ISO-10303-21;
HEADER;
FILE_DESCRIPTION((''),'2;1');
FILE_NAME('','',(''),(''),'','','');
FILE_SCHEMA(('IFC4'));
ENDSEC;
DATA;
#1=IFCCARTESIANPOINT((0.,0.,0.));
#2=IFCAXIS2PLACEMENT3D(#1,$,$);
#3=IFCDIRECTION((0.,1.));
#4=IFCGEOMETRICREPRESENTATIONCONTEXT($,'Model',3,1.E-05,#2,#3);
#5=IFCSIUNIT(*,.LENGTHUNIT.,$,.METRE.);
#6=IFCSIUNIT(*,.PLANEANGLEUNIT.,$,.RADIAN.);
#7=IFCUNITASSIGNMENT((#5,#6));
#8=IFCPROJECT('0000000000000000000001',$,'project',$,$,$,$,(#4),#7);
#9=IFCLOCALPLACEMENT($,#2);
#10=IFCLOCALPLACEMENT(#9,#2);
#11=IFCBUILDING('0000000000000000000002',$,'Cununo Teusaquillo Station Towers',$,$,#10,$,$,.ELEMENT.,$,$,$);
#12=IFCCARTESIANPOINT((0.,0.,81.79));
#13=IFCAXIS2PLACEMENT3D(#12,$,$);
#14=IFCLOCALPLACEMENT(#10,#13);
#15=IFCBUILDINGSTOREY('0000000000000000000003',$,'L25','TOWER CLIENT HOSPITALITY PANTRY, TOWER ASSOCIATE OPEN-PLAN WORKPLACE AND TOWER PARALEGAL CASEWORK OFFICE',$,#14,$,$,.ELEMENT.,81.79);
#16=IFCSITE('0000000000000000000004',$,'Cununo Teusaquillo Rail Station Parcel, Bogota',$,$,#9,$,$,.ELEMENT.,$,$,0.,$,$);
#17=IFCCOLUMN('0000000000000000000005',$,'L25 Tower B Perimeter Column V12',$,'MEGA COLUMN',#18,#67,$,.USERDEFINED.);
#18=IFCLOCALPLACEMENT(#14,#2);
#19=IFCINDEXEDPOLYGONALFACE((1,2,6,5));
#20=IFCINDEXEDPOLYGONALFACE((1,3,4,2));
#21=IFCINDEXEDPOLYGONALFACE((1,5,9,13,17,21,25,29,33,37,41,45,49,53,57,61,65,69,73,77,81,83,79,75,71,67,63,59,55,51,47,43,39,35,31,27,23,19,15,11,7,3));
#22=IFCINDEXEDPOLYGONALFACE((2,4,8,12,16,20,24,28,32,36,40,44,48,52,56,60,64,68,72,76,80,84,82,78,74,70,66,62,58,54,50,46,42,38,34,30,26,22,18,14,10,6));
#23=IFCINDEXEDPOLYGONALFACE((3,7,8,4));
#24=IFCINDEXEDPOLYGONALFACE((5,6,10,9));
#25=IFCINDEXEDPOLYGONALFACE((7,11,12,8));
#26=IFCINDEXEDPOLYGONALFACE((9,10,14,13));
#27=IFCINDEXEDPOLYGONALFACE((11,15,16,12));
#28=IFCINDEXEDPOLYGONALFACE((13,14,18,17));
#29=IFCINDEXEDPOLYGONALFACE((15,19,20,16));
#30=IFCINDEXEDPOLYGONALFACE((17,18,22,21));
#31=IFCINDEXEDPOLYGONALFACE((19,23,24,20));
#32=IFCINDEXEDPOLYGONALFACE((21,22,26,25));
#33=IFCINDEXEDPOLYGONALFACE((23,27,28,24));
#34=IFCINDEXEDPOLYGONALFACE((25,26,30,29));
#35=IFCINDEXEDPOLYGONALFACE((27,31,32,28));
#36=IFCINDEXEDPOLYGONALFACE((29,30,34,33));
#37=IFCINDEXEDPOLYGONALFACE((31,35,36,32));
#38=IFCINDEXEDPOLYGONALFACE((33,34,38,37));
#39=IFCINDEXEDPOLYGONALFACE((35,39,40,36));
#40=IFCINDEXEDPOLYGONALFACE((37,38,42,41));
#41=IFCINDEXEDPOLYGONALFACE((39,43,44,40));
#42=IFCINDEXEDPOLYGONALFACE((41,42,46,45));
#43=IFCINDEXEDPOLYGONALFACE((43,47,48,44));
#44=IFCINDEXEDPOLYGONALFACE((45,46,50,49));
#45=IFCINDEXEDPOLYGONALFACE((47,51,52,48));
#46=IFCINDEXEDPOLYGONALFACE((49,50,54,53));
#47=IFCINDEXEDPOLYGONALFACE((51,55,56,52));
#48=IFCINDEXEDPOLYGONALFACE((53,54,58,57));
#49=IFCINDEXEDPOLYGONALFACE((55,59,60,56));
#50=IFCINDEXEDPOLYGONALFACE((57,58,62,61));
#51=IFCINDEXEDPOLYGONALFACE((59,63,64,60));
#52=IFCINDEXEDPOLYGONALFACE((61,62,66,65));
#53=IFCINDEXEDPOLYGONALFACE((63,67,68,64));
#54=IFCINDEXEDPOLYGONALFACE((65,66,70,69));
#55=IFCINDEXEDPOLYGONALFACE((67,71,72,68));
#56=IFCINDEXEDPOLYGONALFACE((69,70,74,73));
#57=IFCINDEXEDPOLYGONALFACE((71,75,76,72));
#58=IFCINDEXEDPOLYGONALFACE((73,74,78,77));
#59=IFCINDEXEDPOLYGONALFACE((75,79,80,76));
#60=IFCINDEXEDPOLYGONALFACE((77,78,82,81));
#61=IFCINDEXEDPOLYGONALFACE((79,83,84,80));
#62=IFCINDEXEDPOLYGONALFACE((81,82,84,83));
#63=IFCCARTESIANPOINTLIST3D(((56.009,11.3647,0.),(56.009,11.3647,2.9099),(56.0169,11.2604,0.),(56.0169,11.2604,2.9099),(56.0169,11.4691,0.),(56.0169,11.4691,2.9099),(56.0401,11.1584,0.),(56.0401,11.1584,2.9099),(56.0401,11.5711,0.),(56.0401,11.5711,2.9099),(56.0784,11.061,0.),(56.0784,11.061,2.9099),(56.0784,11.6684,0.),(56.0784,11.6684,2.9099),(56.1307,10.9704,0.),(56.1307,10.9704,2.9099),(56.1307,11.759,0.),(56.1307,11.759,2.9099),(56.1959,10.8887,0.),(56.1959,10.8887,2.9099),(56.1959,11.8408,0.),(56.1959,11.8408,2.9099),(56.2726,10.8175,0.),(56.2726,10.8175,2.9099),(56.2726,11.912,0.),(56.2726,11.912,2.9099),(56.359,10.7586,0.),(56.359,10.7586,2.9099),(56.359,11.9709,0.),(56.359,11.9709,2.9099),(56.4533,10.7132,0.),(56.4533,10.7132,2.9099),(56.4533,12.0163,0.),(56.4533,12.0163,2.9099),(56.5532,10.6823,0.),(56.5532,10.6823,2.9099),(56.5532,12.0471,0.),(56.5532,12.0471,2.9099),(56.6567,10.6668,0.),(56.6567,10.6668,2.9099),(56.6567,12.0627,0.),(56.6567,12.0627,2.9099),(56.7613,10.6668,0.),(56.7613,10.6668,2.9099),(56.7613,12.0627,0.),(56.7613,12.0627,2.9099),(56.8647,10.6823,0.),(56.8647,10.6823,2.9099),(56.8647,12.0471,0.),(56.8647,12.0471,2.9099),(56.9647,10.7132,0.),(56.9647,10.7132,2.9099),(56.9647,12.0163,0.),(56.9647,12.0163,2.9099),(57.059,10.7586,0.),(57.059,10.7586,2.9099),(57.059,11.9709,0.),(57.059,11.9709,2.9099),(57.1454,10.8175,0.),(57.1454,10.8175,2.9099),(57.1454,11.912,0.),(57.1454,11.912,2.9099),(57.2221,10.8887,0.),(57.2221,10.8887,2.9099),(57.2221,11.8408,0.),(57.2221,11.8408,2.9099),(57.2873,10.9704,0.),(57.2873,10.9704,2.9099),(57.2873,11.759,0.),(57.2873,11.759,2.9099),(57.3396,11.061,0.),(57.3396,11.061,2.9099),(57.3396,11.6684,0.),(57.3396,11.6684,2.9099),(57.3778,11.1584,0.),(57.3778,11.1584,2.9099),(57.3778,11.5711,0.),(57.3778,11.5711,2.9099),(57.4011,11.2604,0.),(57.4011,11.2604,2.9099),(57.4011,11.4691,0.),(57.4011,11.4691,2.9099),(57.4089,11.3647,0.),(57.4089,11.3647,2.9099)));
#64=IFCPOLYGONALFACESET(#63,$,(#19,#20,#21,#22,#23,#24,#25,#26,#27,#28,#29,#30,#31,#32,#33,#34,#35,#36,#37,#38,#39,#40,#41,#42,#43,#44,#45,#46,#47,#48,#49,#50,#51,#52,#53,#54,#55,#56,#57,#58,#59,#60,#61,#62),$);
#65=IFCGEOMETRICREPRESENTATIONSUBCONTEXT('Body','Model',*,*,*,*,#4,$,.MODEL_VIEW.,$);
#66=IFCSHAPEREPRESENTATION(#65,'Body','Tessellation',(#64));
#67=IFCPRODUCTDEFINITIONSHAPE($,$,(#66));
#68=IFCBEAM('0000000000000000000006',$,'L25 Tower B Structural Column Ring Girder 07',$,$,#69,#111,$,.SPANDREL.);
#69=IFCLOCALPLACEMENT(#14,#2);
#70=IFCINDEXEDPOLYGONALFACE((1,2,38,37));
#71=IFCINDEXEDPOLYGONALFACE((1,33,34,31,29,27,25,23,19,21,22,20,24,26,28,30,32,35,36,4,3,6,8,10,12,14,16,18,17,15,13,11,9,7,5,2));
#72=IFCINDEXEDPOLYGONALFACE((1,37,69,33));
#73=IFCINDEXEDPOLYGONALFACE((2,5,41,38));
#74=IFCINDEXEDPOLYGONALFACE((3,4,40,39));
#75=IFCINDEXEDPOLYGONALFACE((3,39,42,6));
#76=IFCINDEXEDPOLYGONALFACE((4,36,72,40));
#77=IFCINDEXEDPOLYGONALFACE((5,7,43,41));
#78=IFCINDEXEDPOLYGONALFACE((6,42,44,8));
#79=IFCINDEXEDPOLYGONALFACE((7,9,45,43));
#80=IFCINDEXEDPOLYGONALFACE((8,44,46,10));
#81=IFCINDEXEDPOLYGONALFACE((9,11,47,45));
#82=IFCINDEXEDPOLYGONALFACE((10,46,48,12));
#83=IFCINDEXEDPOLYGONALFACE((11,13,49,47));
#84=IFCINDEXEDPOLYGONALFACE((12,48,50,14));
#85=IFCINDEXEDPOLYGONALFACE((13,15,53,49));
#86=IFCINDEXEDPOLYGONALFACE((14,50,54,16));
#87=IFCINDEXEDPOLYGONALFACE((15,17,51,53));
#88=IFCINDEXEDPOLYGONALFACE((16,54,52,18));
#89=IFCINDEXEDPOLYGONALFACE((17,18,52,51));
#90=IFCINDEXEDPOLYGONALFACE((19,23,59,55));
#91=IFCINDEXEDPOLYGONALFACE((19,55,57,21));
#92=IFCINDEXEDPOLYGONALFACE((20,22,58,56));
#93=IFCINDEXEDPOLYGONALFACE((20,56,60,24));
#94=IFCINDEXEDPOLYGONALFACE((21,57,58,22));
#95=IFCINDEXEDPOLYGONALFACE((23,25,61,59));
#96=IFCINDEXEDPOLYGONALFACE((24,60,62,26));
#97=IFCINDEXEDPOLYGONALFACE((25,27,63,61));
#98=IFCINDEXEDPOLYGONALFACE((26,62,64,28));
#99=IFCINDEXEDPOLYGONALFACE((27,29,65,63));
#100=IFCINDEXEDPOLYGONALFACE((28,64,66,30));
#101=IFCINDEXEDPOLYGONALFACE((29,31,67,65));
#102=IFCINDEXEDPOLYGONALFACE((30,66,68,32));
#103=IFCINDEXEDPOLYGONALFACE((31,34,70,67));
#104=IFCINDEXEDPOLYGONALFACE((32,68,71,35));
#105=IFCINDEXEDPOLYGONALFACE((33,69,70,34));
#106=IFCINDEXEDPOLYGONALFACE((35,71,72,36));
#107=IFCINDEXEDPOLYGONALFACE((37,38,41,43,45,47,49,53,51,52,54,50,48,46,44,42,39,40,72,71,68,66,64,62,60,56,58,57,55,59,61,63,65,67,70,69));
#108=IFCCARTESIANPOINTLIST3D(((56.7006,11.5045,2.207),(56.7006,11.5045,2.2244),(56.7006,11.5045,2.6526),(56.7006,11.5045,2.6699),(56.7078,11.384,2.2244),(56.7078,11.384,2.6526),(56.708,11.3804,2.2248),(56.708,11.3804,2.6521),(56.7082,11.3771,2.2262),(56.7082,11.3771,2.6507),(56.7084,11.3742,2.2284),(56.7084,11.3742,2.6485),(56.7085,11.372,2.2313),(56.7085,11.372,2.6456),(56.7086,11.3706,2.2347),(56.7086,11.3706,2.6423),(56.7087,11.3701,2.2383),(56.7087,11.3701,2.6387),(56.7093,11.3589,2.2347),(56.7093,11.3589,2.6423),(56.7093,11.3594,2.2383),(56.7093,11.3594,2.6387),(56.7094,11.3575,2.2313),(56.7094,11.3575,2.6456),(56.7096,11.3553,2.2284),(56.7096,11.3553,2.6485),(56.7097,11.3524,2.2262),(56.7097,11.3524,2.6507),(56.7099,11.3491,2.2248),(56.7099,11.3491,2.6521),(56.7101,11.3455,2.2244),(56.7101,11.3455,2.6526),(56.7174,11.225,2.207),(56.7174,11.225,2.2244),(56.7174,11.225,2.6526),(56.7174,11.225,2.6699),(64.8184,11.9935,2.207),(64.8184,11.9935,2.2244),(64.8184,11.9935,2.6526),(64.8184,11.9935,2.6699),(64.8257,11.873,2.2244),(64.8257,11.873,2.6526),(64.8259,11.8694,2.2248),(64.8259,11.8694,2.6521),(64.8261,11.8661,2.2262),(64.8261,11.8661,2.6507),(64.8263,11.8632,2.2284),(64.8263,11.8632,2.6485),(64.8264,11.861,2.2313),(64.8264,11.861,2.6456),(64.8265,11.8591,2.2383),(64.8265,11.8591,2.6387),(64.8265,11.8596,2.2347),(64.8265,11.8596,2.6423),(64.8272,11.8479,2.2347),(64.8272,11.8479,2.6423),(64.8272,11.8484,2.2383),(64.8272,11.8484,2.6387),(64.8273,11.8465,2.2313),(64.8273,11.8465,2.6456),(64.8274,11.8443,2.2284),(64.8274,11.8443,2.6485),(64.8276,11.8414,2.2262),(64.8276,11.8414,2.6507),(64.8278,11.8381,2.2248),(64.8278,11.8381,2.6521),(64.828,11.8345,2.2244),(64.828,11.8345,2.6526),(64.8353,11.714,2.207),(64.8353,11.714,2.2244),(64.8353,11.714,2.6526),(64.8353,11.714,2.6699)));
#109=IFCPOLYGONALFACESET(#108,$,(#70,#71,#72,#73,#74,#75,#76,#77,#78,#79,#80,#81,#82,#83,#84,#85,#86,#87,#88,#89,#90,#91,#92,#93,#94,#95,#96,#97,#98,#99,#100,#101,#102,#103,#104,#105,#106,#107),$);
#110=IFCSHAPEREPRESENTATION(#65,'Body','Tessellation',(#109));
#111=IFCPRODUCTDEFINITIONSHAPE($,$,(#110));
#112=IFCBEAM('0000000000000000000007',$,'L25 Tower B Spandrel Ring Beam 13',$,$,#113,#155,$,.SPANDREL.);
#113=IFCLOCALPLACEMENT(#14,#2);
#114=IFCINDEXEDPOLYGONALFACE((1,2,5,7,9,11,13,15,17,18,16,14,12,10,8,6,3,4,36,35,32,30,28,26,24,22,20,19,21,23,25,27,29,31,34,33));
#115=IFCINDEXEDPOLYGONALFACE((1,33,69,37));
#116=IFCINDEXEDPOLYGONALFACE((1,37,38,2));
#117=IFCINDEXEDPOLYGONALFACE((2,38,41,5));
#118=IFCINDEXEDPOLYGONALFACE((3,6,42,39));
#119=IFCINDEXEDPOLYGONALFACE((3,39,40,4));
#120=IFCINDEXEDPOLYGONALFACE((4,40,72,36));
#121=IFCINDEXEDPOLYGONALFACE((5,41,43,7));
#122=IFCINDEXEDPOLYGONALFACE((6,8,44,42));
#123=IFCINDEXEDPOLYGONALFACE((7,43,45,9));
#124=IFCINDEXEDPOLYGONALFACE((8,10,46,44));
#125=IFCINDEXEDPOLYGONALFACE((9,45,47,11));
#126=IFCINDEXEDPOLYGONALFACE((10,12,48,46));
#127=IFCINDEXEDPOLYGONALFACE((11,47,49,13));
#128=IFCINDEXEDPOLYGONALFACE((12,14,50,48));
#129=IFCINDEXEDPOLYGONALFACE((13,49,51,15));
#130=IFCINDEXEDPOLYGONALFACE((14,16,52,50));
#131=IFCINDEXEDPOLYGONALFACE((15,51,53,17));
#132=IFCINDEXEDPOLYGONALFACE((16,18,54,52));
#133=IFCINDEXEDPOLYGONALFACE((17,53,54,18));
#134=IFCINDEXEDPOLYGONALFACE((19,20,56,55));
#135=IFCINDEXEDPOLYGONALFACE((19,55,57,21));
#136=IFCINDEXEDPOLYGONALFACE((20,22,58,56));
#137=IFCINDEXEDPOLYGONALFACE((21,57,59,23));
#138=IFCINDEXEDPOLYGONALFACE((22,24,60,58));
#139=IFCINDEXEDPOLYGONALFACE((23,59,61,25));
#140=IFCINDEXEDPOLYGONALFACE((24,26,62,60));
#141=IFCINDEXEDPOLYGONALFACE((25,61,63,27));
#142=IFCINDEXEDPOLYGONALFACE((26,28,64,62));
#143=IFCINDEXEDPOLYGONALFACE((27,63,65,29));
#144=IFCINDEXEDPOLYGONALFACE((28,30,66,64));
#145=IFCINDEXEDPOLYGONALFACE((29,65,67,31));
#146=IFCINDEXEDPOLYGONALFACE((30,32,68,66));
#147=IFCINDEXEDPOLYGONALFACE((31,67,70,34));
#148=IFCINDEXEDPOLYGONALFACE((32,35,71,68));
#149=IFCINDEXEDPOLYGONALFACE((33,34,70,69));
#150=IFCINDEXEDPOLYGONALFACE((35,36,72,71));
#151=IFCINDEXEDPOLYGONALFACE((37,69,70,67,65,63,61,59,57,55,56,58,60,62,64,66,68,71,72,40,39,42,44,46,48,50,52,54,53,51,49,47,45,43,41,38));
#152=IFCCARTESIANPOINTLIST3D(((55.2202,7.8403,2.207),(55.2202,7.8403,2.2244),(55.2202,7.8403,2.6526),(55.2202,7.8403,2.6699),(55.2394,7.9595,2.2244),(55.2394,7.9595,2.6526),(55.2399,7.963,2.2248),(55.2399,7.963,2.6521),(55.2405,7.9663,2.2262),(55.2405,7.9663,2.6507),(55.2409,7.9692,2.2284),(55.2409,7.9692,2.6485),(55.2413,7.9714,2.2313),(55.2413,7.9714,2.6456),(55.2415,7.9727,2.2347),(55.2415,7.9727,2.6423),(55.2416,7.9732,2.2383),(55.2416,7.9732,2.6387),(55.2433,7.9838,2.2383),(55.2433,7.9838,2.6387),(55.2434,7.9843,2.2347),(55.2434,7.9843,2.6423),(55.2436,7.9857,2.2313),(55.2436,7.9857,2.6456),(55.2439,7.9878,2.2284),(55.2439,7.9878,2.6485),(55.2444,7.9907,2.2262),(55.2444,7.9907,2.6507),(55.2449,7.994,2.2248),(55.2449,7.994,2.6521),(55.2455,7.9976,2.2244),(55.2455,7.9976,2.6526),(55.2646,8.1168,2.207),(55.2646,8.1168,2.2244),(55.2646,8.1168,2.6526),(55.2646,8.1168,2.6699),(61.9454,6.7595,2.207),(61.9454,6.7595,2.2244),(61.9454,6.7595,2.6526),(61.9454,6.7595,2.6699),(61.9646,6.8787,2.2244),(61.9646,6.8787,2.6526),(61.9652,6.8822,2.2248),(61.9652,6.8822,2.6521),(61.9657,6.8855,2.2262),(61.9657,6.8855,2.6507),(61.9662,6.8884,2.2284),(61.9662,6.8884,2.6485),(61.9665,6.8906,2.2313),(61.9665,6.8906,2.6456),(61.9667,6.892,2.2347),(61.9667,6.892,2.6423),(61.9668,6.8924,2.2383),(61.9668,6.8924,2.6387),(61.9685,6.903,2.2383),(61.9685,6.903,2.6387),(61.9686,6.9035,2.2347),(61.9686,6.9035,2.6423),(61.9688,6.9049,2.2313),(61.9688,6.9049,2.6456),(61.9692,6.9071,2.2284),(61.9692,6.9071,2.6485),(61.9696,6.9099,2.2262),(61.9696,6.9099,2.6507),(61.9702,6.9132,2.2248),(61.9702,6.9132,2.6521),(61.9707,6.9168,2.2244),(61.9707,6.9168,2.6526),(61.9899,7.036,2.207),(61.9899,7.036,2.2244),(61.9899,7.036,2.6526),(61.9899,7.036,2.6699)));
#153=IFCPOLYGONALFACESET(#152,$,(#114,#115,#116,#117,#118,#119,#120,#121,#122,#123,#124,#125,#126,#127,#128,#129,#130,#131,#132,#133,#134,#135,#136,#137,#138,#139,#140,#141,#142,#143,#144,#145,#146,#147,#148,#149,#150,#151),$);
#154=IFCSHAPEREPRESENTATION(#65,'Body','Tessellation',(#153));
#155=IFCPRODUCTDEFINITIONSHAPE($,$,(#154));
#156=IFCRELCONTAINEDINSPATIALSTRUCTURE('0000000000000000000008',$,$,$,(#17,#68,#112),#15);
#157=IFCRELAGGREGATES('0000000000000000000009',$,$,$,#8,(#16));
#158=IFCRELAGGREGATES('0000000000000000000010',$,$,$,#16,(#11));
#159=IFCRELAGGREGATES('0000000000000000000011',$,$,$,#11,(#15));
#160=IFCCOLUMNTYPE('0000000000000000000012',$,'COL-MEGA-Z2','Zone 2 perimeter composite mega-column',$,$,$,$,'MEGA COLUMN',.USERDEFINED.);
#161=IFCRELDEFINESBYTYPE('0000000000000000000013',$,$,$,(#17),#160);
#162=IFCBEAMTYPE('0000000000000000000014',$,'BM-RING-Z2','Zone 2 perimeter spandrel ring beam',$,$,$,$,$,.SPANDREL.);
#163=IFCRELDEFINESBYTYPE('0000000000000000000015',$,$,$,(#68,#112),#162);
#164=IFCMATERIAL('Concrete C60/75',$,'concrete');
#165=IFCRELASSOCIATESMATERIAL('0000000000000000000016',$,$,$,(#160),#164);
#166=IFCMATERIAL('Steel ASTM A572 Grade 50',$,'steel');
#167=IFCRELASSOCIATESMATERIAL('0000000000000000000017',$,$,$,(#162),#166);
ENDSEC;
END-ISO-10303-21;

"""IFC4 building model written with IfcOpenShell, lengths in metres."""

from ifc_helpers import new_model, si_unit, direction, frame, origin, origin_2d, place, context, subcontext, project, spatial, circle, i_section, extrude, material, material_profile, profile_set, type_object, element, save


model = new_model("IFC4")

# Units and contexts
model_context = context("Model", 3, precision=1e-05, world=origin(), true_north=direction((0.0, 1.0)))
body_context = subcontext(model_context, "Body", "Model", "MODEL_VIEW")
ifc_project = project(units=[si_unit("LENGTHUNIT", "METRE"), si_unit("PLANEANGLEUNIT", "RADIAN")], contexts=[model_context])

# Site, building, storey
site_placement = place(None, origin())
site = spatial("IfcSite", under=ifc_project, at=site_placement, Name="Cununo Teusaquillo Rail Station Parcel, Bogota", CompositionType="ELEMENT", RefElevation=0.0)
building_placement = place(site_placement, origin())
building = spatial("IfcBuilding", under=site, at=building_placement, Name="Cununo Teusaquillo Station Towers", CompositionType="ELEMENT")
storey_placement = place(building_placement, frame((0.0, 0.0, 81.79)))
storey = spatial("IfcBuildingStorey", under=building, at=storey_placement, Name="L25", Description="TOWER CLIENT HOSPITALITY PANTRY, TOWER ASSOCIATE OPEN-PLAN WORKPLACE AND TOWER PARALEGAL CASEWORK OFFICE", CompositionType="ELEMENT", Elevation=81.79)

# Column
ifc_material_1 = material(Name="Concrete C60/75", Category="concrete")
ifc_material_profile_1 = material_profile(ifc_material_1, circle(Radius=0.7, at=origin_2d()), Name="RC-CIRC-1400")
ifc_profile_set_1 = profile_set([ifc_material_profile_1], Name="Concrete C60/75")
column_type = type_object("IfcColumnType", Name="COL-MEGA-Z2", Description="Zone 2 perimeter composite mega-column", ElementType="MEGA COLUMN", PredefinedType="USERDEFINED", material=ifc_profile_set_1)
column_placement = place(storey_placement, frame((56.709, 11.3647, 0.0), z_axis=(0.0, 0.0, 1.0), x_axis=(1.0, 0.0, 0.0)))
element("IfcColumn", 1, at=column_placement, inside=storey, type_object=column_type, Name="L25 Tower B Perimeter Column V12", ObjectType="MEGA COLUMN", PredefinedType="USERDEFINED", context=body_context, shape_type="SweptSolid", body=[
    extrude(circle(Radius=0.7, at=origin_2d()), origin(), (0.0, 0.0, 1.0), 2.9099),
])

# Beams
ifc_material_2 = material(Name="Steel ASTM A572 Grade 50", Category="steel")
ifc_material_profile_2 = material_profile(ifc_material_2, i_section(OverallWidth=0.28, OverallDepth=0.4629, WebThickness=0.0107, FlangeThickness=0.0173, FilletRadius=0.0139, at=origin_2d()), Name="W18X76")
ifc_profile_set_2 = profile_set([ifc_material_profile_2], Name="Steel ASTM A572 Grade 50")
beam_type = type_object("IfcBeamType", Name="BM-RING-Z2", Description="Zone 2 perimeter spandrel ring beam", PredefinedType="SPANDREL", material=ifc_profile_set_2)
beam_1_placement = place(storey_placement, frame((56.709, 11.3647, 2.4385), z_axis=(0.998191, 0.06013, 0.0), x_axis=(-0.06013, 0.998191, 0.0)))
element("IfcBeam", 2, at=beam_1_placement, inside=storey, type_object=beam_type, Name="L25 Tower B Structural Column Ring Girder 07", PredefinedType="SPANDREL", context=body_context, shape_type="SweptSolid", body=[
    extrude(i_section(OverallWidth=0.28, OverallDepth=0.4629, WebThickness=0.0107, FlangeThickness=0.0173, FilletRadius=0.0139, at=origin_2d()), origin(), (0.0, 0.0, 1.0), 8.1326),
])
beam_2_placement = place(storey_placement, frame((55.2424, 7.9785, 2.4385), z_axis=(0.987331, -0.158671, 0.0), x_axis=(0.158671, 0.987331, 0.0)))
element("IfcBeam", 3, at=beam_2_placement, inside=storey, type_object=beam_type, Name="L25 Tower B Spandrel Ring Beam 13", PredefinedType="SPANDREL", context=body_context, shape_type="SweptSolid", body=[
    extrude(i_section(OverallWidth=0.28, OverallDepth=0.4629, WebThickness=0.0107, FlangeThickness=0.0173, FilletRadius=0.0139, at=origin_2d()), origin(), (0.0, 0.0, 1.0), 6.8115),
])

save(model, "model.ifc")
